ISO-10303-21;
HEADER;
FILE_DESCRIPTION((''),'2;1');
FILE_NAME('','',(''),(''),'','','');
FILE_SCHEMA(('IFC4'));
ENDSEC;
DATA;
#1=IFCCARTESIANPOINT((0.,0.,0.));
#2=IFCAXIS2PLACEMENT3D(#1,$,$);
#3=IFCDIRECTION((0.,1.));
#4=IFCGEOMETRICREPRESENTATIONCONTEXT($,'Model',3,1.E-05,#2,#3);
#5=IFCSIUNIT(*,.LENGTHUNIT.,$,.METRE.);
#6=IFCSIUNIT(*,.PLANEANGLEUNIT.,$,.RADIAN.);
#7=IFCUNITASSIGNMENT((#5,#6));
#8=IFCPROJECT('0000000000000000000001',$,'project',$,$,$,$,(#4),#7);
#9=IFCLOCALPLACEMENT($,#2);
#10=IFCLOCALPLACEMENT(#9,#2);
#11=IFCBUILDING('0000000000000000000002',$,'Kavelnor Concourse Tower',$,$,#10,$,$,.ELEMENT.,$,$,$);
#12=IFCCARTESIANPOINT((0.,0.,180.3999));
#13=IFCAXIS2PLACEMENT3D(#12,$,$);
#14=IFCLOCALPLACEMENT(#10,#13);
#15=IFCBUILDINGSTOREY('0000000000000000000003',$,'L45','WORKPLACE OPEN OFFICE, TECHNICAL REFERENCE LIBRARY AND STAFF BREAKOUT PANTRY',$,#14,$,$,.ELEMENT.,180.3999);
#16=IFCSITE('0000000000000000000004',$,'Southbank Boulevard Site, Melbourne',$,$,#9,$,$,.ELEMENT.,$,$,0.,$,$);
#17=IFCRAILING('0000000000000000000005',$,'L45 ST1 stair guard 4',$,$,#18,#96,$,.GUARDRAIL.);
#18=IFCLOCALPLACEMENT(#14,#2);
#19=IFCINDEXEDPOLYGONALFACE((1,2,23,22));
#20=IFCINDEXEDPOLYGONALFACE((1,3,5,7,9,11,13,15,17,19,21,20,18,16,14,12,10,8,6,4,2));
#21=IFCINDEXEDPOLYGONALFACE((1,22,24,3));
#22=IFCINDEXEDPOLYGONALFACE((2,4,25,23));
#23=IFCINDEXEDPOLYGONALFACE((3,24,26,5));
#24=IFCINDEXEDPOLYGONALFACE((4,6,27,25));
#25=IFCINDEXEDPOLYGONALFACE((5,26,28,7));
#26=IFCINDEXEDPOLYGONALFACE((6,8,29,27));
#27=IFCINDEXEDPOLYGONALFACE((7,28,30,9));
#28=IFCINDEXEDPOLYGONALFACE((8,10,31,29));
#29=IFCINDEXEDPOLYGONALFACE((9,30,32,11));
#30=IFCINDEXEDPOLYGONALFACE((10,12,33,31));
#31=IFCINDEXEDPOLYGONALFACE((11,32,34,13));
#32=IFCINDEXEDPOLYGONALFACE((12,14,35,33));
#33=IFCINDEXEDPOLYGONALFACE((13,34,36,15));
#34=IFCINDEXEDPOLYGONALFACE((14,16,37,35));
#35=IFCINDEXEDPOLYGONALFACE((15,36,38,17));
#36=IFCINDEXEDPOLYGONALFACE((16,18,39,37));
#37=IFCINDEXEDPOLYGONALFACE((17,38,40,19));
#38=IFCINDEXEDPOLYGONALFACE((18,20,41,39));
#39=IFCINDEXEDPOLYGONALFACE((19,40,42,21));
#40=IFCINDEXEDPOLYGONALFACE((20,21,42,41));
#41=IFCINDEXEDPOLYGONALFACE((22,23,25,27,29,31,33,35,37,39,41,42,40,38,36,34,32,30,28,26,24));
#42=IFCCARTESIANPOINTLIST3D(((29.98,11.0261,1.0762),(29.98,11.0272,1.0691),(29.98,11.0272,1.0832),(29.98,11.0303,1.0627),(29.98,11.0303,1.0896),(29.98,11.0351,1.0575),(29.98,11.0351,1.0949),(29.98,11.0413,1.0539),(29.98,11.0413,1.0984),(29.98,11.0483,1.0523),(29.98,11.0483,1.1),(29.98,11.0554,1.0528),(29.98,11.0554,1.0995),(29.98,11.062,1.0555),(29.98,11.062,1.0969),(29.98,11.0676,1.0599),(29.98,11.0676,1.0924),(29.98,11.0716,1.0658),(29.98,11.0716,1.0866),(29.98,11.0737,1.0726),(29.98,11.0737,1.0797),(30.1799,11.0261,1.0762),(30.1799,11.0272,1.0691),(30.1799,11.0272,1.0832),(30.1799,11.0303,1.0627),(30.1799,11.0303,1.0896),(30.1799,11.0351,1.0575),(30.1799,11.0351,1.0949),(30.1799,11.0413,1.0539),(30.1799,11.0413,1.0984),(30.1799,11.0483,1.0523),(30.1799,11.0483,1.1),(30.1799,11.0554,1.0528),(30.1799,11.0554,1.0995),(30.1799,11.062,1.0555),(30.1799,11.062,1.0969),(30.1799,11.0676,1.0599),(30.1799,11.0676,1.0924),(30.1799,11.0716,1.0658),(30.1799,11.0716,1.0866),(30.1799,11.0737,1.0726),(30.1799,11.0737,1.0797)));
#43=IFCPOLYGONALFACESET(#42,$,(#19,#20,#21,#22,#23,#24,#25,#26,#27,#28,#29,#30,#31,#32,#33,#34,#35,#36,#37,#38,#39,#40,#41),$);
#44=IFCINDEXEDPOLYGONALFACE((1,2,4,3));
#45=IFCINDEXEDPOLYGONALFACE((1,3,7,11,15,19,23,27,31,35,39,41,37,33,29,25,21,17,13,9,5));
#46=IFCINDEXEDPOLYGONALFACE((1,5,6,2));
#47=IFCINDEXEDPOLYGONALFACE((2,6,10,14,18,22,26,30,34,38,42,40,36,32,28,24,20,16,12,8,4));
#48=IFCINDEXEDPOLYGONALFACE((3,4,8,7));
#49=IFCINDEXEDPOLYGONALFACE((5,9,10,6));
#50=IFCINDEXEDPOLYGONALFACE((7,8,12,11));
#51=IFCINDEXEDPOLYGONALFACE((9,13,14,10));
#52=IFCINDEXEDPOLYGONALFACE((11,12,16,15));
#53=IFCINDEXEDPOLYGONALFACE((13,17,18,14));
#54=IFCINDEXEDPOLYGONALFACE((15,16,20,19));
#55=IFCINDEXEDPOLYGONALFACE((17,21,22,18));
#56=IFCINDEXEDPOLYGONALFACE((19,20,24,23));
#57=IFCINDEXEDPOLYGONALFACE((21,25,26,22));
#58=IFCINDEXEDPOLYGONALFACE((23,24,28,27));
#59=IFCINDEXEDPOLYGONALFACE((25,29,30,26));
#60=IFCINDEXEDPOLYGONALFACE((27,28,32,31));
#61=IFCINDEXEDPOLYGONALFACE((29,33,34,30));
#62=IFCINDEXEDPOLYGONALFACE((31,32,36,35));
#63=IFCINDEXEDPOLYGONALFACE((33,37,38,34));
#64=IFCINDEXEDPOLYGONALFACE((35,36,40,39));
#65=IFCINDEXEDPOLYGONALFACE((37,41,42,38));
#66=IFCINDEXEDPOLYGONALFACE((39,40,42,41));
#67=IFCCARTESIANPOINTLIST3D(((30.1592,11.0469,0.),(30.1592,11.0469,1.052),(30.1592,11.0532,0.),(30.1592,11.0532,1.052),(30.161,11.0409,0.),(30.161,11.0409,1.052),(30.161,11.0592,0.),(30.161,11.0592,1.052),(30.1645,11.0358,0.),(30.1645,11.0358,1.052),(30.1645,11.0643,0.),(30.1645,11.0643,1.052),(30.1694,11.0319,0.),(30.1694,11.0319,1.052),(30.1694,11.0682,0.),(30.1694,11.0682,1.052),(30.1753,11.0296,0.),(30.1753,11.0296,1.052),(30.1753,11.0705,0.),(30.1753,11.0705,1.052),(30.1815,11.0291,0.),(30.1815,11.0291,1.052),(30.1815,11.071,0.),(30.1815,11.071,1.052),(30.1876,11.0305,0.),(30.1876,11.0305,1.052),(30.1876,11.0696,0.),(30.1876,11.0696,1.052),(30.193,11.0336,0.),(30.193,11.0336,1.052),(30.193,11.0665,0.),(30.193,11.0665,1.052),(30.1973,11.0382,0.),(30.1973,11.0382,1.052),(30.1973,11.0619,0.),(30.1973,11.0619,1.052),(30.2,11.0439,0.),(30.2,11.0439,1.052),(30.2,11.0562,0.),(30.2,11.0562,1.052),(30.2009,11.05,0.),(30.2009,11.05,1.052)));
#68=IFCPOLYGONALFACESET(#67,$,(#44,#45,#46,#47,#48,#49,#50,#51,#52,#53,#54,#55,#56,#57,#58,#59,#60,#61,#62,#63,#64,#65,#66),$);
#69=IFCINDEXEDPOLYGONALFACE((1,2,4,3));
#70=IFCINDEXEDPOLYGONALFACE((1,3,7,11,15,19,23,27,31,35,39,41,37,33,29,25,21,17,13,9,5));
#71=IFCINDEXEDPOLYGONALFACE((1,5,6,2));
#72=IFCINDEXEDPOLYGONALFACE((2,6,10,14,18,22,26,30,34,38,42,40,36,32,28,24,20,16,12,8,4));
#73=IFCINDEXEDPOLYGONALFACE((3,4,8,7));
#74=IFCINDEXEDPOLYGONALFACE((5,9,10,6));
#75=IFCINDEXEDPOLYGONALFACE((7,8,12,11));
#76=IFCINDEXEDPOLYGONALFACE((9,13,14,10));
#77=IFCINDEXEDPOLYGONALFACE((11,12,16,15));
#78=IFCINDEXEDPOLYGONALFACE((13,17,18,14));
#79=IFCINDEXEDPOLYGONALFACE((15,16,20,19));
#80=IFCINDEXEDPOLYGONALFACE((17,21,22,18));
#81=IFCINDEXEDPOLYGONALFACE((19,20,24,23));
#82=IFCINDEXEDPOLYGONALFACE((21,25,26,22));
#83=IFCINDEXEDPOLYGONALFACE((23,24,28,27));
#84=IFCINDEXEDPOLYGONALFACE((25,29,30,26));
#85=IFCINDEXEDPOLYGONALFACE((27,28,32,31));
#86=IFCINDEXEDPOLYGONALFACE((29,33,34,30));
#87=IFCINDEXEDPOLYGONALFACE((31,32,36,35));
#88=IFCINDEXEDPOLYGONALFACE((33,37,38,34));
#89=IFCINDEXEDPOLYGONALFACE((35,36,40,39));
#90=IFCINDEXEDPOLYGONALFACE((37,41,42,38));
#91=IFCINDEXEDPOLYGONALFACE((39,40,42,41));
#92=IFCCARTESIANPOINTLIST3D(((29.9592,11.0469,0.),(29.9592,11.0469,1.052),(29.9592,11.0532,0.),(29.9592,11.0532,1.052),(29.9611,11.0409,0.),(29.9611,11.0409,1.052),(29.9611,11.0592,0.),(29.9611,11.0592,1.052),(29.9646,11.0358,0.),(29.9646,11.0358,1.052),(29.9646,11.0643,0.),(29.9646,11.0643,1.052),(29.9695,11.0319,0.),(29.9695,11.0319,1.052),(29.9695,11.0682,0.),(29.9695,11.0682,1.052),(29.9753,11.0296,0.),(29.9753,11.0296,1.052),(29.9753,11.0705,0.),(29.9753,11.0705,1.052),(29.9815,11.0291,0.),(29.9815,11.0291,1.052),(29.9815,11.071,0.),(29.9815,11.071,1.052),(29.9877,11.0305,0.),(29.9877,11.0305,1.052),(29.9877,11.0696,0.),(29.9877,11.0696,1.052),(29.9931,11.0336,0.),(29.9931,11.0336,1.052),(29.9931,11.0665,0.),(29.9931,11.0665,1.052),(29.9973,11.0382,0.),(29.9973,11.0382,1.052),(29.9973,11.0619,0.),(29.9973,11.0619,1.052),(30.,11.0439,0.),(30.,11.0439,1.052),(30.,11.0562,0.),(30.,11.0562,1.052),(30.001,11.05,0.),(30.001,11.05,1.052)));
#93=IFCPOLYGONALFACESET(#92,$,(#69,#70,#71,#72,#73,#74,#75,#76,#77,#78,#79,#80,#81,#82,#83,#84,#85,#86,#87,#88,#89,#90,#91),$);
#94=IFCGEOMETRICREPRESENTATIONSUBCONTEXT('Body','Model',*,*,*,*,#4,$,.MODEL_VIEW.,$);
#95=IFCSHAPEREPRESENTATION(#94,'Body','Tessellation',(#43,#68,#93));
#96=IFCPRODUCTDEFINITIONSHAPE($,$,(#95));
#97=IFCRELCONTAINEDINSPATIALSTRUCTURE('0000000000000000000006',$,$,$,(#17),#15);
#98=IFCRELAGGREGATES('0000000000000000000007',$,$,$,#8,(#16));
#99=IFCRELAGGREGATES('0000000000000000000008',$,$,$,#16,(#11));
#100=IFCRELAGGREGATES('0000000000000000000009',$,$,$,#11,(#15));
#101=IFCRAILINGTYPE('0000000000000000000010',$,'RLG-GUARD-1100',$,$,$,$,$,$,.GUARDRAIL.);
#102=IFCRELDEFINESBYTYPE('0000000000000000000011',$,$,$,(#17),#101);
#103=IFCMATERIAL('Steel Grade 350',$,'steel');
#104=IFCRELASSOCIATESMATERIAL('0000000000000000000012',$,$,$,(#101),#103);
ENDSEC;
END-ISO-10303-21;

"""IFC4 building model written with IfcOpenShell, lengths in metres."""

from ifc_helpers import new_model, si_unit, direction, frame, origin, origin_2d, place, context, subcontext, project, spatial, circle, extrude, material, type_object, element, save


model = new_model("IFC4")

# Units and contexts
model_context = context("Model", 3, precision=1e-05, world=origin(), true_north=direction((0.0, 1.0)))
body_context = subcontext(model_context, "Body", "Model", "MODEL_VIEW")
ifc_project = project(units=[si_unit("LENGTHUNIT", "METRE"), si_unit("PLANEANGLEUNIT", "RADIAN")], contexts=[model_context])

# Site, building, storey
site_placement = place(None, origin())
site = spatial("IfcSite", under=ifc_project, at=site_placement, Name="Southbank Boulevard Site, Melbourne", CompositionType="ELEMENT", RefElevation=0.0)
building_placement = place(site_placement, origin())
building = spatial("IfcBuilding", under=site, at=building_placement, Name="Kavelnor Concourse Tower", CompositionType="ELEMENT")
storey_placement = place(building_placement, frame((0.0, 0.0, 180.3999)))
storey = spatial("IfcBuildingStorey", under=building, at=storey_placement, Name="L45", Description="WORKPLACE OPEN OFFICE, TECHNICAL REFERENCE LIBRARY AND STAFF BREAKOUT PANTRY", CompositionType="ELEMENT", Elevation=180.3999)

# Shared definitions
ifc_material_1 = material(Name="Steel Grade 350", Category="steel")

# Railing
railing_type_1 = type_object("IfcRailingType", Name="RLG-GUARD-1100", PredefinedType="GUARDRAIL", material=ifc_material_1)
railing_1_placement = place(storey_placement, frame((30.1799, 11.05, 0.0)))
element("IfcRailing", 1, at=railing_1_placement, inside=storey, type_object=railing_type_1, Name="L45 ST1 stair guard 4", PredefinedType="GUARDRAIL", context=body_context, shape_type="SweptSolid", body=[
    extrude(circle(Radius=0.0239, at=origin_2d()), frame((0.0, 0.0, 1.0762), z_axis=(-1.0, 0.0, 0.0), x_axis=(0.0, -1.0, 0.0)), (0.0, 0.0, 1.0), 0.2),
    extrude(circle(Radius=0.021, at=origin_2d()), origin(), (0.0, 0.0, 1.0), 1.052),
    extrude(circle(Radius=0.021, at=origin_2d()), frame((-0.2, 0.0, 0.0)), (0.0, 0.0, 1.0), 1.052),
])

save(model, "model.ifc")
